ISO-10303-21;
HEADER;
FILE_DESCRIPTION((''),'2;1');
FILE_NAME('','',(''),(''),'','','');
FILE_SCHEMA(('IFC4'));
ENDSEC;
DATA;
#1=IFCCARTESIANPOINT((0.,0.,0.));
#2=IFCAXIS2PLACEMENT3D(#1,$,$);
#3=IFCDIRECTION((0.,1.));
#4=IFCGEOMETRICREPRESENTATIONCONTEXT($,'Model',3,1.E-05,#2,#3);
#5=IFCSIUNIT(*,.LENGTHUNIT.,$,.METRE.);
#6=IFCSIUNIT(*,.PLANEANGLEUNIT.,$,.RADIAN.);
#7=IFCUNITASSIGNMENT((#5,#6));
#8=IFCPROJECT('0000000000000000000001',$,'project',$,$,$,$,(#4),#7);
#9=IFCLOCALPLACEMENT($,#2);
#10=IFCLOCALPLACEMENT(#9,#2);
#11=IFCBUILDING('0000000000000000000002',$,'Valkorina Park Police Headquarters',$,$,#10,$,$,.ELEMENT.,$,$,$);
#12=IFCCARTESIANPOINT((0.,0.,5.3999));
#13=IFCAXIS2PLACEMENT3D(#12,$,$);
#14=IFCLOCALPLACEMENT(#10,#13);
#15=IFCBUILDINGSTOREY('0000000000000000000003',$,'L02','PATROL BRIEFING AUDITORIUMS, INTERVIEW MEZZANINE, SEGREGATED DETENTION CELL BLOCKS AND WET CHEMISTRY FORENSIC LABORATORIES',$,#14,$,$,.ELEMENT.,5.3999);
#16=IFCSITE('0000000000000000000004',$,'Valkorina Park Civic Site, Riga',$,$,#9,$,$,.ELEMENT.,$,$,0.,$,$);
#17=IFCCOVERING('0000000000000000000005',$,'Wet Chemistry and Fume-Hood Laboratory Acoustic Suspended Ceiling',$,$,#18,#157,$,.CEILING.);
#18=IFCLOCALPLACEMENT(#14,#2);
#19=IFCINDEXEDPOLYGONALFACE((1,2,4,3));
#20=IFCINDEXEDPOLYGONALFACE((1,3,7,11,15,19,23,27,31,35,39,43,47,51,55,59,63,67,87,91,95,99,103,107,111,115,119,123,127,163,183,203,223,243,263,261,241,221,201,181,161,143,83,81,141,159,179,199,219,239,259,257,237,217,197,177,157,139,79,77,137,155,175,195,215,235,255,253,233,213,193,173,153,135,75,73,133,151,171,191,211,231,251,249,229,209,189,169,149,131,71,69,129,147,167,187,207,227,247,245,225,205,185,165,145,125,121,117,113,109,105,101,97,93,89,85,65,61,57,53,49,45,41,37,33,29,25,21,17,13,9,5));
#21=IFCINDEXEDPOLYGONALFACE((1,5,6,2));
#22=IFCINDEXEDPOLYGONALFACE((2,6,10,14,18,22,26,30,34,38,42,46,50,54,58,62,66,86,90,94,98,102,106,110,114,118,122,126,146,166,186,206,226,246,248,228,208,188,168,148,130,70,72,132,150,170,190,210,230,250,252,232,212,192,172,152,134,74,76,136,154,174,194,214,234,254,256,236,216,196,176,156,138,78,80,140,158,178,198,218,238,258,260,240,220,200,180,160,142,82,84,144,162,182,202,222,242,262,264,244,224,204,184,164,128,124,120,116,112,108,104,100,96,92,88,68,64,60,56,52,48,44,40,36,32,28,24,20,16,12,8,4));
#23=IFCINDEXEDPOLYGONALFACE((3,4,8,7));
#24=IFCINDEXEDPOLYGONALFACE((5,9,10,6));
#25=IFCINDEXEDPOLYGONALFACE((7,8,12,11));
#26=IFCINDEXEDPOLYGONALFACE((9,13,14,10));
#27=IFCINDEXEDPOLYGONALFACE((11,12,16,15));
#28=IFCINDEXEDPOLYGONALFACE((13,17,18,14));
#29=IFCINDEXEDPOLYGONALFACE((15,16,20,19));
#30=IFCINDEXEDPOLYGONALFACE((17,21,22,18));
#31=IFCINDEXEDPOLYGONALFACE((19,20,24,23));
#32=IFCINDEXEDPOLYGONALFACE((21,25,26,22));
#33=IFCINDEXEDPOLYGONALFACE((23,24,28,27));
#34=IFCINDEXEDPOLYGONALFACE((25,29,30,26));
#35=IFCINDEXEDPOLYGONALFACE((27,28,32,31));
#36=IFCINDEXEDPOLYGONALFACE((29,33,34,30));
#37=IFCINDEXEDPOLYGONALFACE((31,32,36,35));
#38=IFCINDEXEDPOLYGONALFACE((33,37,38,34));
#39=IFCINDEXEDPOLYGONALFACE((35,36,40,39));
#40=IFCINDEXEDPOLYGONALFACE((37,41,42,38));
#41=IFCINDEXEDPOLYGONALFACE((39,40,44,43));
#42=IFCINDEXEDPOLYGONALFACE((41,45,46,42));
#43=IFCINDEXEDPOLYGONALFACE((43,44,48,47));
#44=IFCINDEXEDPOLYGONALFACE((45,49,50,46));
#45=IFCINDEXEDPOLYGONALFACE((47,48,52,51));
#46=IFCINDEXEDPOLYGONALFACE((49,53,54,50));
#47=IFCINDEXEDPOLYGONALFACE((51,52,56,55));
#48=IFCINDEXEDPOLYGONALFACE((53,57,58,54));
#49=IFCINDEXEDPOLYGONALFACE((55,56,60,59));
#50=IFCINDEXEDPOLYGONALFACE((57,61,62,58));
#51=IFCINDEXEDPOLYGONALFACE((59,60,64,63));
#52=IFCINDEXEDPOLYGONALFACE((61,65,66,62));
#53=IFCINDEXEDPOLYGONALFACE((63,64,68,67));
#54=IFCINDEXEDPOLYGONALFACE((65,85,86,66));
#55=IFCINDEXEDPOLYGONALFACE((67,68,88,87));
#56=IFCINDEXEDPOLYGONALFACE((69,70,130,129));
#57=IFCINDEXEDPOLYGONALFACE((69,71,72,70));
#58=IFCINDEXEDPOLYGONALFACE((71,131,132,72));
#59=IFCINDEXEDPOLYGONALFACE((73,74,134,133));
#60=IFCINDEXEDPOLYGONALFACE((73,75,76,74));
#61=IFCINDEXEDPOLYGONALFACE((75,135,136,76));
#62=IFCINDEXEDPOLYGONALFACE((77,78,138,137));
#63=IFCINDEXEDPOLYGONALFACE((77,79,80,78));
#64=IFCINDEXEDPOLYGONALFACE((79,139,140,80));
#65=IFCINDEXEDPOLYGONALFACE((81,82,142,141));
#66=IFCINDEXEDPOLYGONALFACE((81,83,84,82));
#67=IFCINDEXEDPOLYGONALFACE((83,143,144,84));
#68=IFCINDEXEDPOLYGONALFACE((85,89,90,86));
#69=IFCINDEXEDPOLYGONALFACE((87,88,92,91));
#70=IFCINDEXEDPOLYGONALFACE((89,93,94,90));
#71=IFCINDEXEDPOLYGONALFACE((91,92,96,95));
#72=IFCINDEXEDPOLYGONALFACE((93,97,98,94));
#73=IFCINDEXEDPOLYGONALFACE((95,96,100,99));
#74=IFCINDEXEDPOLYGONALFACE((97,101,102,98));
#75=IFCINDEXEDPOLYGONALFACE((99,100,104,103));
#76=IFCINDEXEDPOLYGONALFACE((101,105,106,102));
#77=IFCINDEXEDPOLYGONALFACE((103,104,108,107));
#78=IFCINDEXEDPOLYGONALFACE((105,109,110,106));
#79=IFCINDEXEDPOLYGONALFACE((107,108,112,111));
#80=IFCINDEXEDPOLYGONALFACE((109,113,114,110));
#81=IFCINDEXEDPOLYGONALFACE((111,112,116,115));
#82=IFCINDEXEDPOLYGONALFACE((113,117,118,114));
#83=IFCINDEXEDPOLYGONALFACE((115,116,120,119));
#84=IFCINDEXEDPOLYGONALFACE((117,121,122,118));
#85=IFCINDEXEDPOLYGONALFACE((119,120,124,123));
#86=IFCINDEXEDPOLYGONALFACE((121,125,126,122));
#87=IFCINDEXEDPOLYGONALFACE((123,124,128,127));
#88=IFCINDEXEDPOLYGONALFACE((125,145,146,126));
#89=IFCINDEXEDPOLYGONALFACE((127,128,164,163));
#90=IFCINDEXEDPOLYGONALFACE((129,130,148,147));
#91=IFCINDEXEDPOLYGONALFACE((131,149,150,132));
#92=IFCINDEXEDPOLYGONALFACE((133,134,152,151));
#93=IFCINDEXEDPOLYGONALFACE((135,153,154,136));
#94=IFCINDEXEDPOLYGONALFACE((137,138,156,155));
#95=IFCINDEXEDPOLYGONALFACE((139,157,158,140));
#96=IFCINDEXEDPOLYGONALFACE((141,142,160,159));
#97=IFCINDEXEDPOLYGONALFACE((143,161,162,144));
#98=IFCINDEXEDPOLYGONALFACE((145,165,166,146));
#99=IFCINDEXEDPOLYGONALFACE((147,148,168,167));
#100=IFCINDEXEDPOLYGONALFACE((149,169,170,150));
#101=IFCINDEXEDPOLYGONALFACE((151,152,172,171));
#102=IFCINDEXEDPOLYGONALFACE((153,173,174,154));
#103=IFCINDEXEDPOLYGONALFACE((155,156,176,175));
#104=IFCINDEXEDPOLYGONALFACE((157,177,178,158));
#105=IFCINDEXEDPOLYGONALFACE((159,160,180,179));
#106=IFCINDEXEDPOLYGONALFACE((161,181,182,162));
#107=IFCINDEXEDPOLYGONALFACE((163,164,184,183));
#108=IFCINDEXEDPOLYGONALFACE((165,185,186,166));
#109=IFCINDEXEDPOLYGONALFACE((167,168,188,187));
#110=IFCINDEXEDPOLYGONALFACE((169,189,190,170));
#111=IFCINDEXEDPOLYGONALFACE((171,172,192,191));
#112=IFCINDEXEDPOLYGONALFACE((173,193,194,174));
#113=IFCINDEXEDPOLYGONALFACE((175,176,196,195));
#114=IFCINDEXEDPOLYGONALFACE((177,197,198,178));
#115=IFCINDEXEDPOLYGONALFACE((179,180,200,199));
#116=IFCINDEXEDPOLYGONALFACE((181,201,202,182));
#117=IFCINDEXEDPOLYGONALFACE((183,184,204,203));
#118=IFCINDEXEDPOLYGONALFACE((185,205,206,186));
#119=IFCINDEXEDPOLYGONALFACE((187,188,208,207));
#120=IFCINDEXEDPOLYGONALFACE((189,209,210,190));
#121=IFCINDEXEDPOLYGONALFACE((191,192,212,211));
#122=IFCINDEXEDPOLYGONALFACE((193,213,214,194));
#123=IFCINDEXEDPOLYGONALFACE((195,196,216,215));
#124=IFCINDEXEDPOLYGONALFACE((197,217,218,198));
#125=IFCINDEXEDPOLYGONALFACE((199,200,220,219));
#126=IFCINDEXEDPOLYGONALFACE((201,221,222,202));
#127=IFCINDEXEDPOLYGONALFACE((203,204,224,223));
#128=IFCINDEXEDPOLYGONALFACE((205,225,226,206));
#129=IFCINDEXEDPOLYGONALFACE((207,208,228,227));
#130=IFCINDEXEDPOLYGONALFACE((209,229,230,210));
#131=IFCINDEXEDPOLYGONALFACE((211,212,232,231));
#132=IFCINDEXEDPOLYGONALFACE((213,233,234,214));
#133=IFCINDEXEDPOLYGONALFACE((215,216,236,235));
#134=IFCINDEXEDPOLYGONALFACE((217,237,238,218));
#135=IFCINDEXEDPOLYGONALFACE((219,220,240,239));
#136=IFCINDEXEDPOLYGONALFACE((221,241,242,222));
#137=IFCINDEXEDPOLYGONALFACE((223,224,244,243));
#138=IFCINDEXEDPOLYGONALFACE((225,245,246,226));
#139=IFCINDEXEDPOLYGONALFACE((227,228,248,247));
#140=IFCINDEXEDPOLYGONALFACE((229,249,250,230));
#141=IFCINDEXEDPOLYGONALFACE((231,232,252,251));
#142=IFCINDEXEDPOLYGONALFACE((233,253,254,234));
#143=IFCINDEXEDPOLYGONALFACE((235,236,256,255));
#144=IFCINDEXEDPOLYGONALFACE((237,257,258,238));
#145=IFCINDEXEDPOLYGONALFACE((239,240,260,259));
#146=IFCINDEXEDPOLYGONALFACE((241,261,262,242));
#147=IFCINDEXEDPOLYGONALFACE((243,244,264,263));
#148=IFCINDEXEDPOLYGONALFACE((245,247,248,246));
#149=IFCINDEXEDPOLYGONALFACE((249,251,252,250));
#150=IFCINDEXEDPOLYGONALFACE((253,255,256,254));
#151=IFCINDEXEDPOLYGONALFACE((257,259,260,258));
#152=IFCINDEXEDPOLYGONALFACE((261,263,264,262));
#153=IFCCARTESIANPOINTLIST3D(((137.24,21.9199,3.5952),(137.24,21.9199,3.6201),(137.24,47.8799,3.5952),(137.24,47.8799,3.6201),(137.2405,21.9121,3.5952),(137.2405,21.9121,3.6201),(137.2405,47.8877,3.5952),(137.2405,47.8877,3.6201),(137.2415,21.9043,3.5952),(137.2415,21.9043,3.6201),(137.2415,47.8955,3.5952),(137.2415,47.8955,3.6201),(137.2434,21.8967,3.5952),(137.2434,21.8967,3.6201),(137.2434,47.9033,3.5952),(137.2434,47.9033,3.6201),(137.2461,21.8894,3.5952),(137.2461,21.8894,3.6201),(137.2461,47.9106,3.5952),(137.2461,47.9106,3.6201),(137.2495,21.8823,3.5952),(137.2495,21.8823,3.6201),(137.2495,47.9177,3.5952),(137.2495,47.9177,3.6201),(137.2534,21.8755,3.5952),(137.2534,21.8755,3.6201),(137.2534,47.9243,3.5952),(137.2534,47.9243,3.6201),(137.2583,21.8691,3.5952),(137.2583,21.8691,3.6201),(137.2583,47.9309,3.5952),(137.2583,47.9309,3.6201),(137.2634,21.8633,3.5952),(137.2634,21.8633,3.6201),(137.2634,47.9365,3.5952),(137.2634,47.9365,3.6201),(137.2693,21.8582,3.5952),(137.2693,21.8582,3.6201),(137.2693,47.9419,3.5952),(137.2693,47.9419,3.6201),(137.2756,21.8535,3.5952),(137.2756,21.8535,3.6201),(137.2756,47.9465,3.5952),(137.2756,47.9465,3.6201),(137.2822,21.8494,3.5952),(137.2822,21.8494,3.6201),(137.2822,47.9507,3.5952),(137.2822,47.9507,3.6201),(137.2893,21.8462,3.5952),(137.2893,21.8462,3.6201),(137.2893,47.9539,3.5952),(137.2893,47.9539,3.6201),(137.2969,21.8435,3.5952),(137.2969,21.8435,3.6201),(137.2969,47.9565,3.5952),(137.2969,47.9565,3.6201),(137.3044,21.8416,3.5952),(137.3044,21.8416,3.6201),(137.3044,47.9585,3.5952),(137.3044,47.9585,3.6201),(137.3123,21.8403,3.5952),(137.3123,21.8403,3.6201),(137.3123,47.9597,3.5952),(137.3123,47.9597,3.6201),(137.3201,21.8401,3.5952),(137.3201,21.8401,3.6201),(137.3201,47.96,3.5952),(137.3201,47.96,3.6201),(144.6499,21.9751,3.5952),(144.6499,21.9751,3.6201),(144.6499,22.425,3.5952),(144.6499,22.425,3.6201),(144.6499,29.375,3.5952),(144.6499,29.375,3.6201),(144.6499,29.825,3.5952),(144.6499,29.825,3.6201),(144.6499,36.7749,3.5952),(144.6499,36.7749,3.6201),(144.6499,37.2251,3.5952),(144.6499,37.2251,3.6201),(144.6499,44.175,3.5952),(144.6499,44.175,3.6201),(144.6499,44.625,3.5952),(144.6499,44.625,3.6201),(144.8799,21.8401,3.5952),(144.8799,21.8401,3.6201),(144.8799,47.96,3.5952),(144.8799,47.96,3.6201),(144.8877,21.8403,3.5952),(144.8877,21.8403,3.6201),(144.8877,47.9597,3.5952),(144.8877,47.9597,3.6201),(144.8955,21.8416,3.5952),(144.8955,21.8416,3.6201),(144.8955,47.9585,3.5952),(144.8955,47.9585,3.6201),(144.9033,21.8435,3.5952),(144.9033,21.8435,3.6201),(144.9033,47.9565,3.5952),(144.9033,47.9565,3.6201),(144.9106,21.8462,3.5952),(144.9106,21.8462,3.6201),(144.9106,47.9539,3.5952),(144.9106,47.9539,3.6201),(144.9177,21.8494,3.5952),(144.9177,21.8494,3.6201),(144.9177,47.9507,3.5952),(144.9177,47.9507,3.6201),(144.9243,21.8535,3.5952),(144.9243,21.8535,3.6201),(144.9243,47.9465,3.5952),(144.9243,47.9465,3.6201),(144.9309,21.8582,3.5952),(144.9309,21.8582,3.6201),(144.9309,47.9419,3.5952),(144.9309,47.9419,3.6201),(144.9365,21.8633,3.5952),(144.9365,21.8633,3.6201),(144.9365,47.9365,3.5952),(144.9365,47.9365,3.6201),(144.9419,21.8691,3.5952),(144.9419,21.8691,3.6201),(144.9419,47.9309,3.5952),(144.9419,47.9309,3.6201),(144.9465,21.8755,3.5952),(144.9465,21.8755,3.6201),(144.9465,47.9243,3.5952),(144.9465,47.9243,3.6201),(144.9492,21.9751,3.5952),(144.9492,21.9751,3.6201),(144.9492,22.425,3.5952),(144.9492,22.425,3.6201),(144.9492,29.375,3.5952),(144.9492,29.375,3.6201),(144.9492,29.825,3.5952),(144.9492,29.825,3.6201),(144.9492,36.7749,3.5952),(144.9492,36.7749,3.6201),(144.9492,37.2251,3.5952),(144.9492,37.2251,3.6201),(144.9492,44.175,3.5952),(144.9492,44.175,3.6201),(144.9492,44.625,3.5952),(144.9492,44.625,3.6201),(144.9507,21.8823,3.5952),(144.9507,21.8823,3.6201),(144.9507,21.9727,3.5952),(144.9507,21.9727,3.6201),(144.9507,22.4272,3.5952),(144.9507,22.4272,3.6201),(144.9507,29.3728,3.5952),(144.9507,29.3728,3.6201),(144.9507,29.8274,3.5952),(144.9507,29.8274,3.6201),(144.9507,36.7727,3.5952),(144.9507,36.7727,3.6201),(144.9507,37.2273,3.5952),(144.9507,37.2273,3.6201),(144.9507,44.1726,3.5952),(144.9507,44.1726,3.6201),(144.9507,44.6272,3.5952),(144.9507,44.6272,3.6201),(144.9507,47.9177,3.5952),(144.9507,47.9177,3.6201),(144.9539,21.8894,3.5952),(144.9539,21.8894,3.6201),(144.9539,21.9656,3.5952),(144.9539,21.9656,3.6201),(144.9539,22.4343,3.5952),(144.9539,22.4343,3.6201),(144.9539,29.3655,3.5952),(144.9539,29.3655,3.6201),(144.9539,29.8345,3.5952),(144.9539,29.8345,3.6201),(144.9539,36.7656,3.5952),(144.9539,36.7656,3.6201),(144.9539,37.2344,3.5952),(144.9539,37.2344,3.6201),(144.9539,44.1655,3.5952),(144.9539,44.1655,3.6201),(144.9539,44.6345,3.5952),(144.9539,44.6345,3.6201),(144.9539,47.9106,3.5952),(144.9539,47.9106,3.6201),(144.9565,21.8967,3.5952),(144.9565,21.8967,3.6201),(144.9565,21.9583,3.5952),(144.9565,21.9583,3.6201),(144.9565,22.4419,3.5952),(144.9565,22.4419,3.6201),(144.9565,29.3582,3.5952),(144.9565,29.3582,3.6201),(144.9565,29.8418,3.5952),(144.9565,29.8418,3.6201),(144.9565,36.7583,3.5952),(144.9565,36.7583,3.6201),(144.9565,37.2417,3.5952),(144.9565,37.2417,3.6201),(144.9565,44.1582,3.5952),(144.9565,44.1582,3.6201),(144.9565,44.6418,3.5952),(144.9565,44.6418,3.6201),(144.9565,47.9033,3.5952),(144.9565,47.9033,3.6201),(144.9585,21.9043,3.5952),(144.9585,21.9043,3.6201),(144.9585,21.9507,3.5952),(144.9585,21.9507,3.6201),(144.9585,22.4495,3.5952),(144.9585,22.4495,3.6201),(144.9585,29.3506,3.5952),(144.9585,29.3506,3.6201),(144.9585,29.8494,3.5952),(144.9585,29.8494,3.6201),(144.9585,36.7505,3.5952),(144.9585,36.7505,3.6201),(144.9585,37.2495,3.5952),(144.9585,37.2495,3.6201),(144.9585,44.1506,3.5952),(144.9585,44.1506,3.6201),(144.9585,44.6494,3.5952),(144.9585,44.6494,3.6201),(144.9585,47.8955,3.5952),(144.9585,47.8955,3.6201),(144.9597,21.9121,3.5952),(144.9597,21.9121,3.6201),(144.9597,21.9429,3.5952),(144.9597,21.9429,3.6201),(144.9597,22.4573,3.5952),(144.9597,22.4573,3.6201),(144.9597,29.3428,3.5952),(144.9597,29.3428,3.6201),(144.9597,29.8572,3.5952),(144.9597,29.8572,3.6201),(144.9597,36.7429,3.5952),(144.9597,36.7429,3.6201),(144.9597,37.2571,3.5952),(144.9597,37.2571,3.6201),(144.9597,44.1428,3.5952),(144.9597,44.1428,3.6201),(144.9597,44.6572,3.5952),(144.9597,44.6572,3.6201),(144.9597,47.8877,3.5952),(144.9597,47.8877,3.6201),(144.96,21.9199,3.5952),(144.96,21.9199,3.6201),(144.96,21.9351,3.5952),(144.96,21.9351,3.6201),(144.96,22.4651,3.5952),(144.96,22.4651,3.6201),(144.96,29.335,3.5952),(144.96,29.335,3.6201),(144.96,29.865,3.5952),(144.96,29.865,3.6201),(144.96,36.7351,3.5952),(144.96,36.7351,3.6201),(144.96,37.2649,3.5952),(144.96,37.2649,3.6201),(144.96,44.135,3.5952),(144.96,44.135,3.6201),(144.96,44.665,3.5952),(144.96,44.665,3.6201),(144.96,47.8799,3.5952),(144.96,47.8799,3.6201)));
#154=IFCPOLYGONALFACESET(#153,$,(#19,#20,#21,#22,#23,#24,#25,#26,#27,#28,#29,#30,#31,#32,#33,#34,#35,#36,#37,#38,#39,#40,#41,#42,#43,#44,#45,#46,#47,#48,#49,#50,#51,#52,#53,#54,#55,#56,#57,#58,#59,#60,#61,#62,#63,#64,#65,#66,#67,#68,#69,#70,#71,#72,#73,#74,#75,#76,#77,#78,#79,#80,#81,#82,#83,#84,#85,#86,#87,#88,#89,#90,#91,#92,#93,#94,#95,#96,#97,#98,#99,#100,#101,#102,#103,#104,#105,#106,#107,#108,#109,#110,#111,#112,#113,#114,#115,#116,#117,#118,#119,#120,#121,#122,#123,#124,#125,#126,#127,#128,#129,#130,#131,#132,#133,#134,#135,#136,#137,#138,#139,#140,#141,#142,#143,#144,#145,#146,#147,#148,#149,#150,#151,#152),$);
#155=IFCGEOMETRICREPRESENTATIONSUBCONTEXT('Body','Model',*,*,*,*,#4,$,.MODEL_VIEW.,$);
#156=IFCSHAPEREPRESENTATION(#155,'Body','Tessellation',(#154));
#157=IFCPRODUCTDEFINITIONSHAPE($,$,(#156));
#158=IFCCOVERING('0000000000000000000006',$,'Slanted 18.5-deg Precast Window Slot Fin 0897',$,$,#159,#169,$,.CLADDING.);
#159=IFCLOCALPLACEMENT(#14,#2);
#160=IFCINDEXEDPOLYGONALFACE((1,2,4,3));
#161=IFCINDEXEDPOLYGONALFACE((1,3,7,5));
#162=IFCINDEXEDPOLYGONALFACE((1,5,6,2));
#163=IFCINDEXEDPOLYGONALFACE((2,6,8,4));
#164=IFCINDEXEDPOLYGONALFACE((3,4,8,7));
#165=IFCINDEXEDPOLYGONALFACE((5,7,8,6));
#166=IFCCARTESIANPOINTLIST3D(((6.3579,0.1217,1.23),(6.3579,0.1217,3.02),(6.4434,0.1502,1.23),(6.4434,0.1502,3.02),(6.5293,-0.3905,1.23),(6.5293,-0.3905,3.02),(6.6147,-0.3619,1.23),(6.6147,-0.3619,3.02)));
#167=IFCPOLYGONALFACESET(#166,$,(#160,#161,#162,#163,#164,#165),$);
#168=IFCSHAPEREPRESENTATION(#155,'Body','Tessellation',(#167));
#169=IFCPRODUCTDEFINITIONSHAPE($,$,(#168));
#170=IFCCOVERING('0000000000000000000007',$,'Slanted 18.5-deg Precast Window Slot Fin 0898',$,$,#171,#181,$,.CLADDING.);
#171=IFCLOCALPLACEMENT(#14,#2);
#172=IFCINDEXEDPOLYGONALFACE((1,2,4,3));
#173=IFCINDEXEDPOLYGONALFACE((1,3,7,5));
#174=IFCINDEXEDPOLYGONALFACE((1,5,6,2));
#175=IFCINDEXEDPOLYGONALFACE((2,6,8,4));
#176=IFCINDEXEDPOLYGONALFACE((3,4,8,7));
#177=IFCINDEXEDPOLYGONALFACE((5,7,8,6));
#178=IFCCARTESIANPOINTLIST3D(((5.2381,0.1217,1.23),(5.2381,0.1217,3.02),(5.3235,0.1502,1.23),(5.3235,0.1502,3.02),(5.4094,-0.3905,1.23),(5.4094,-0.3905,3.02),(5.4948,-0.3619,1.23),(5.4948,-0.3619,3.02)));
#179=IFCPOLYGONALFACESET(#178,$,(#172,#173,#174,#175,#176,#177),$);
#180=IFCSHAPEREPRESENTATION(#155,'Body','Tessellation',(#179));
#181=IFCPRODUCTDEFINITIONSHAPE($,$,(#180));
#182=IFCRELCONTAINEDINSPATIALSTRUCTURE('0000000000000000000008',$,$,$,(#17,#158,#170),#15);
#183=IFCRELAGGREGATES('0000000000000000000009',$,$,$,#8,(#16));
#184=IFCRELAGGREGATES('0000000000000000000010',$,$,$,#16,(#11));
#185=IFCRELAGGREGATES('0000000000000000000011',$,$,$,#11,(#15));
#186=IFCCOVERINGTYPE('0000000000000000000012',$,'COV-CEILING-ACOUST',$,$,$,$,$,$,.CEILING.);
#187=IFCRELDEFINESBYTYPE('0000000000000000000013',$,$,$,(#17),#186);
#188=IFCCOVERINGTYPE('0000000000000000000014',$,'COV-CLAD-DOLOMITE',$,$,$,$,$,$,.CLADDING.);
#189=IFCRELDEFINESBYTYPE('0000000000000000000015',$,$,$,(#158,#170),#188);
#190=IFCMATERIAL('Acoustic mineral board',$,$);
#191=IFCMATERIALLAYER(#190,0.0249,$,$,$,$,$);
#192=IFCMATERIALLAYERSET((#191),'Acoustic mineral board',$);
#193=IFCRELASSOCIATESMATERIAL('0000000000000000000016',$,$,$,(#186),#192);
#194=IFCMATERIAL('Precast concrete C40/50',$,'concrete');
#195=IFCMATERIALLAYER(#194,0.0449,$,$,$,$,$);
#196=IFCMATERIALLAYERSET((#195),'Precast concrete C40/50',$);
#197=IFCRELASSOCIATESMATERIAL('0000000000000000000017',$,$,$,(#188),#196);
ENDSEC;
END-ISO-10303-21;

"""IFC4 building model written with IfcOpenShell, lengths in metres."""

from ifc_helpers import new_model, si_unit, direction, frame, origin, origin_2d, place, context, subcontext, project, spatial, polyline, rectangle, outline, extrude, material, layer, layer_set, type_object, element, save


model = new_model("IFC4")

# Units and contexts
model_context = context("Model", 3, precision=1e-05, world=origin(), true_north=direction((0.0, 1.0)))
body_context = subcontext(model_context, "Body", "Model", "MODEL_VIEW")
ifc_project = project(units=[si_unit("LENGTHUNIT", "METRE"), si_unit("PLANEANGLEUNIT", "RADIAN")], contexts=[model_context])

# Site, building, storey
site_placement = place(None, origin())
site = spatial("IfcSite", under=ifc_project, at=site_placement, Name="Valkorina Park Civic Site, Riga", CompositionType="ELEMENT", RefElevation=0.0)
building_placement = place(site_placement, origin())
building = spatial("IfcBuilding", under=site, at=building_placement, Name="Valkorina Park Police Headquarters", CompositionType="ELEMENT")
storey_placement = place(building_placement, frame((0.0, 0.0, 5.3999)))
storey = spatial("IfcBuildingStorey", under=building, at=storey_placement, Name="L02", Description="PATROL BRIEFING AUDITORIUMS, INTERVIEW MEZZANINE, SEGREGATED DETENTION CELL BLOCKS AND WET CHEMISTRY FORENSIC LABORATORIES", CompositionType="ELEMENT", Elevation=5.3999)

# Coverings
ifc_material_1 = material(Name="Acoustic mineral board")
ifc_layer_1 = layer(ifc_material_1, 0.0249)
ifc_layer_set_1 = layer_set([ifc_layer_1], Name="Acoustic mineral board")
covering_type_1 = type_object("IfcCoveringType", Name="COV-CEILING-ACOUST", PredefinedType="CEILING", material=ifc_layer_set_1)
covering_1_placement = place(storey_placement, frame((0.0, 0.0, 3.5952)))
element("IfcCovering", 1, at=covering_1_placement, inside=storey, type_object=covering_type_1, Name="Wet Chemistry and Fume-Hood Laboratory Acoustic Suspended Ceiling", PredefinedType="CEILING", context=body_context, shape_type="SweptSolid", body=[
    extrude(outline(polyline([(144.9585, 44.6494), (144.9597, 44.6572), (144.96, 44.665), (144.96, 47.8799), (144.9597, 47.8877), (144.9585, 47.8955), (144.9565, 47.9033), (144.9539, 47.9106), (144.9507, 47.9177), (144.9465, 47.9243), (144.9419, 47.9309), (144.9365, 47.9365), (144.9309, 47.9419), (144.9243, 47.9465), (144.9177, 47.9507), (144.9106, 47.9539), (144.9033, 47.9565), (144.8955, 47.9585), (144.8877, 47.9597), (144.8799, 47.96), (137.3201, 47.96), (137.3123, 47.9597), (137.3044, 47.9585), (137.2969, 47.9565), (137.2893, 47.9539), (137.2822, 47.9507), (137.2756, 47.9465), (137.2693, 47.9419), (137.2634, 47.9365), (137.2583, 47.9309), (137.2534, 47.9243), (137.2495, 47.9177), (137.2461, 47.9106), (137.2434, 47.9033), (137.2415, 47.8955), (137.2405, 47.8877), (137.24, 47.8799), (137.24, 21.9199), (137.2405, 21.9121), (137.2415, 21.9043), (137.2434, 21.8967), (137.2461, 21.8894), (137.2495, 21.8823), (137.2534, 21.8755), (137.2583, 21.8691), (137.2634, 21.8633), (137.2693, 21.8582), (137.2756, 21.8535), (137.2822, 21.8494), (137.2893, 21.8462), (137.2969, 21.8435), (137.3044, 21.8416), (137.3123, 21.8403), (137.3201, 21.8401), (144.8799, 21.8401), (144.8877, 21.8403), (144.8955, 21.8416), (144.9033, 21.8435), (144.9106, 21.8462), (144.9177, 21.8494), (144.9243, 21.8535), (144.9309, 21.8582), (144.9365, 21.8633), (144.9419, 21.8691), (144.9465, 21.8755), (144.9507, 21.8823), (144.9539, 21.8894), (144.9565, 21.8967), (144.9585, 21.9043), (144.9597, 21.9121), (144.96, 21.9199), (144.96, 21.9351), (144.9597, 21.9429), (144.9585, 21.9507), (144.9565, 21.9583), (144.9539, 21.9656), (144.9507, 21.9727), (144.9492, 21.9751), (144.6499, 21.9751), (144.6499, 22.425), (144.9492, 22.425), (144.9507, 22.4272), (144.9539, 22.4343), (144.9565, 22.4419), (144.9585, 22.4495), (144.9597, 22.4573), (144.96, 22.4651), (144.96, 29.335), (144.9597, 29.3428), (144.9585, 29.3506), (144.9565, 29.3582), (144.9539, 29.3655), (144.9507, 29.3728), (144.9492, 29.375), (144.6499, 29.375), (144.6499, 29.825), (144.9492, 29.825), (144.9507, 29.8274), (144.9539, 29.8345), (144.9565, 29.8418), (144.9585, 29.8494), (144.9597, 29.8572), (144.96, 29.865), (144.96, 36.7351), (144.9597, 36.7429), (144.9585, 36.7505), (144.9565, 36.7583), (144.9539, 36.7656), (144.9507, 36.7727), (144.9492, 36.7749), (144.6499, 36.7749), (144.6499, 37.2251), (144.9492, 37.2251), (144.9507, 37.2273), (144.9539, 37.2344), (144.9565, 37.2417), (144.9585, 37.2495), (144.9597, 37.2571), (144.96, 37.2649), (144.96, 44.135), (144.9597, 44.1428), (144.9585, 44.1506), (144.9565, 44.1582), (144.9539, 44.1655), (144.9507, 44.1726), (144.9492, 44.175), (144.6499, 44.175), (144.6499, 44.625), (144.9492, 44.625), (144.9507, 44.6272), (144.9539, 44.6345), (144.9565, 44.6418), (144.9585, 44.6494)])), origin(), (0.0, 0.0, 1.0), 0.0249),
])
ifc_material_2 = material(Name="Precast concrete C40/50", Category="concrete")
ifc_layer_2 = layer(ifc_material_2, 0.0449)
ifc_layer_set_2 = layer_set([ifc_layer_2], Name="Precast concrete C40/50")
covering_type_2 = type_object("IfcCoveringType", Name="COV-CLAD-DOLOMITE", PredefinedType="CLADDING", material=ifc_layer_set_2)
for number, where, z_axis, x_axis, name in (
    (2, (6.4863, -0.1201, 1.23), (0.0, 0.0, 1.0), (0.317305, -0.948324, 0.0), "Slanted 18.5-deg Precast Window Slot Fin 0897"),
    (3, (5.3665, -0.1201, 1.23), (0.0, 0.0, 1.0), (0.317305, -0.948324, 0.0), "Slanted 18.5-deg Precast Window Slot Fin 0898"),
):
    element("IfcCovering", number, at=place(storey_placement, frame(where, z_axis=z_axis, x_axis=x_axis)), inside=storey, type_object=covering_type_2, Name=name, PredefinedType="CLADDING", context=body_context, shape_type="SweptSolid", body=[
        extrude(rectangle(XDim=0.54, YDim=0.0901, at=origin_2d()), origin(), (0.0, 0.0, 1.0), 1.79),
    ])

save(model, "model.ifc")
